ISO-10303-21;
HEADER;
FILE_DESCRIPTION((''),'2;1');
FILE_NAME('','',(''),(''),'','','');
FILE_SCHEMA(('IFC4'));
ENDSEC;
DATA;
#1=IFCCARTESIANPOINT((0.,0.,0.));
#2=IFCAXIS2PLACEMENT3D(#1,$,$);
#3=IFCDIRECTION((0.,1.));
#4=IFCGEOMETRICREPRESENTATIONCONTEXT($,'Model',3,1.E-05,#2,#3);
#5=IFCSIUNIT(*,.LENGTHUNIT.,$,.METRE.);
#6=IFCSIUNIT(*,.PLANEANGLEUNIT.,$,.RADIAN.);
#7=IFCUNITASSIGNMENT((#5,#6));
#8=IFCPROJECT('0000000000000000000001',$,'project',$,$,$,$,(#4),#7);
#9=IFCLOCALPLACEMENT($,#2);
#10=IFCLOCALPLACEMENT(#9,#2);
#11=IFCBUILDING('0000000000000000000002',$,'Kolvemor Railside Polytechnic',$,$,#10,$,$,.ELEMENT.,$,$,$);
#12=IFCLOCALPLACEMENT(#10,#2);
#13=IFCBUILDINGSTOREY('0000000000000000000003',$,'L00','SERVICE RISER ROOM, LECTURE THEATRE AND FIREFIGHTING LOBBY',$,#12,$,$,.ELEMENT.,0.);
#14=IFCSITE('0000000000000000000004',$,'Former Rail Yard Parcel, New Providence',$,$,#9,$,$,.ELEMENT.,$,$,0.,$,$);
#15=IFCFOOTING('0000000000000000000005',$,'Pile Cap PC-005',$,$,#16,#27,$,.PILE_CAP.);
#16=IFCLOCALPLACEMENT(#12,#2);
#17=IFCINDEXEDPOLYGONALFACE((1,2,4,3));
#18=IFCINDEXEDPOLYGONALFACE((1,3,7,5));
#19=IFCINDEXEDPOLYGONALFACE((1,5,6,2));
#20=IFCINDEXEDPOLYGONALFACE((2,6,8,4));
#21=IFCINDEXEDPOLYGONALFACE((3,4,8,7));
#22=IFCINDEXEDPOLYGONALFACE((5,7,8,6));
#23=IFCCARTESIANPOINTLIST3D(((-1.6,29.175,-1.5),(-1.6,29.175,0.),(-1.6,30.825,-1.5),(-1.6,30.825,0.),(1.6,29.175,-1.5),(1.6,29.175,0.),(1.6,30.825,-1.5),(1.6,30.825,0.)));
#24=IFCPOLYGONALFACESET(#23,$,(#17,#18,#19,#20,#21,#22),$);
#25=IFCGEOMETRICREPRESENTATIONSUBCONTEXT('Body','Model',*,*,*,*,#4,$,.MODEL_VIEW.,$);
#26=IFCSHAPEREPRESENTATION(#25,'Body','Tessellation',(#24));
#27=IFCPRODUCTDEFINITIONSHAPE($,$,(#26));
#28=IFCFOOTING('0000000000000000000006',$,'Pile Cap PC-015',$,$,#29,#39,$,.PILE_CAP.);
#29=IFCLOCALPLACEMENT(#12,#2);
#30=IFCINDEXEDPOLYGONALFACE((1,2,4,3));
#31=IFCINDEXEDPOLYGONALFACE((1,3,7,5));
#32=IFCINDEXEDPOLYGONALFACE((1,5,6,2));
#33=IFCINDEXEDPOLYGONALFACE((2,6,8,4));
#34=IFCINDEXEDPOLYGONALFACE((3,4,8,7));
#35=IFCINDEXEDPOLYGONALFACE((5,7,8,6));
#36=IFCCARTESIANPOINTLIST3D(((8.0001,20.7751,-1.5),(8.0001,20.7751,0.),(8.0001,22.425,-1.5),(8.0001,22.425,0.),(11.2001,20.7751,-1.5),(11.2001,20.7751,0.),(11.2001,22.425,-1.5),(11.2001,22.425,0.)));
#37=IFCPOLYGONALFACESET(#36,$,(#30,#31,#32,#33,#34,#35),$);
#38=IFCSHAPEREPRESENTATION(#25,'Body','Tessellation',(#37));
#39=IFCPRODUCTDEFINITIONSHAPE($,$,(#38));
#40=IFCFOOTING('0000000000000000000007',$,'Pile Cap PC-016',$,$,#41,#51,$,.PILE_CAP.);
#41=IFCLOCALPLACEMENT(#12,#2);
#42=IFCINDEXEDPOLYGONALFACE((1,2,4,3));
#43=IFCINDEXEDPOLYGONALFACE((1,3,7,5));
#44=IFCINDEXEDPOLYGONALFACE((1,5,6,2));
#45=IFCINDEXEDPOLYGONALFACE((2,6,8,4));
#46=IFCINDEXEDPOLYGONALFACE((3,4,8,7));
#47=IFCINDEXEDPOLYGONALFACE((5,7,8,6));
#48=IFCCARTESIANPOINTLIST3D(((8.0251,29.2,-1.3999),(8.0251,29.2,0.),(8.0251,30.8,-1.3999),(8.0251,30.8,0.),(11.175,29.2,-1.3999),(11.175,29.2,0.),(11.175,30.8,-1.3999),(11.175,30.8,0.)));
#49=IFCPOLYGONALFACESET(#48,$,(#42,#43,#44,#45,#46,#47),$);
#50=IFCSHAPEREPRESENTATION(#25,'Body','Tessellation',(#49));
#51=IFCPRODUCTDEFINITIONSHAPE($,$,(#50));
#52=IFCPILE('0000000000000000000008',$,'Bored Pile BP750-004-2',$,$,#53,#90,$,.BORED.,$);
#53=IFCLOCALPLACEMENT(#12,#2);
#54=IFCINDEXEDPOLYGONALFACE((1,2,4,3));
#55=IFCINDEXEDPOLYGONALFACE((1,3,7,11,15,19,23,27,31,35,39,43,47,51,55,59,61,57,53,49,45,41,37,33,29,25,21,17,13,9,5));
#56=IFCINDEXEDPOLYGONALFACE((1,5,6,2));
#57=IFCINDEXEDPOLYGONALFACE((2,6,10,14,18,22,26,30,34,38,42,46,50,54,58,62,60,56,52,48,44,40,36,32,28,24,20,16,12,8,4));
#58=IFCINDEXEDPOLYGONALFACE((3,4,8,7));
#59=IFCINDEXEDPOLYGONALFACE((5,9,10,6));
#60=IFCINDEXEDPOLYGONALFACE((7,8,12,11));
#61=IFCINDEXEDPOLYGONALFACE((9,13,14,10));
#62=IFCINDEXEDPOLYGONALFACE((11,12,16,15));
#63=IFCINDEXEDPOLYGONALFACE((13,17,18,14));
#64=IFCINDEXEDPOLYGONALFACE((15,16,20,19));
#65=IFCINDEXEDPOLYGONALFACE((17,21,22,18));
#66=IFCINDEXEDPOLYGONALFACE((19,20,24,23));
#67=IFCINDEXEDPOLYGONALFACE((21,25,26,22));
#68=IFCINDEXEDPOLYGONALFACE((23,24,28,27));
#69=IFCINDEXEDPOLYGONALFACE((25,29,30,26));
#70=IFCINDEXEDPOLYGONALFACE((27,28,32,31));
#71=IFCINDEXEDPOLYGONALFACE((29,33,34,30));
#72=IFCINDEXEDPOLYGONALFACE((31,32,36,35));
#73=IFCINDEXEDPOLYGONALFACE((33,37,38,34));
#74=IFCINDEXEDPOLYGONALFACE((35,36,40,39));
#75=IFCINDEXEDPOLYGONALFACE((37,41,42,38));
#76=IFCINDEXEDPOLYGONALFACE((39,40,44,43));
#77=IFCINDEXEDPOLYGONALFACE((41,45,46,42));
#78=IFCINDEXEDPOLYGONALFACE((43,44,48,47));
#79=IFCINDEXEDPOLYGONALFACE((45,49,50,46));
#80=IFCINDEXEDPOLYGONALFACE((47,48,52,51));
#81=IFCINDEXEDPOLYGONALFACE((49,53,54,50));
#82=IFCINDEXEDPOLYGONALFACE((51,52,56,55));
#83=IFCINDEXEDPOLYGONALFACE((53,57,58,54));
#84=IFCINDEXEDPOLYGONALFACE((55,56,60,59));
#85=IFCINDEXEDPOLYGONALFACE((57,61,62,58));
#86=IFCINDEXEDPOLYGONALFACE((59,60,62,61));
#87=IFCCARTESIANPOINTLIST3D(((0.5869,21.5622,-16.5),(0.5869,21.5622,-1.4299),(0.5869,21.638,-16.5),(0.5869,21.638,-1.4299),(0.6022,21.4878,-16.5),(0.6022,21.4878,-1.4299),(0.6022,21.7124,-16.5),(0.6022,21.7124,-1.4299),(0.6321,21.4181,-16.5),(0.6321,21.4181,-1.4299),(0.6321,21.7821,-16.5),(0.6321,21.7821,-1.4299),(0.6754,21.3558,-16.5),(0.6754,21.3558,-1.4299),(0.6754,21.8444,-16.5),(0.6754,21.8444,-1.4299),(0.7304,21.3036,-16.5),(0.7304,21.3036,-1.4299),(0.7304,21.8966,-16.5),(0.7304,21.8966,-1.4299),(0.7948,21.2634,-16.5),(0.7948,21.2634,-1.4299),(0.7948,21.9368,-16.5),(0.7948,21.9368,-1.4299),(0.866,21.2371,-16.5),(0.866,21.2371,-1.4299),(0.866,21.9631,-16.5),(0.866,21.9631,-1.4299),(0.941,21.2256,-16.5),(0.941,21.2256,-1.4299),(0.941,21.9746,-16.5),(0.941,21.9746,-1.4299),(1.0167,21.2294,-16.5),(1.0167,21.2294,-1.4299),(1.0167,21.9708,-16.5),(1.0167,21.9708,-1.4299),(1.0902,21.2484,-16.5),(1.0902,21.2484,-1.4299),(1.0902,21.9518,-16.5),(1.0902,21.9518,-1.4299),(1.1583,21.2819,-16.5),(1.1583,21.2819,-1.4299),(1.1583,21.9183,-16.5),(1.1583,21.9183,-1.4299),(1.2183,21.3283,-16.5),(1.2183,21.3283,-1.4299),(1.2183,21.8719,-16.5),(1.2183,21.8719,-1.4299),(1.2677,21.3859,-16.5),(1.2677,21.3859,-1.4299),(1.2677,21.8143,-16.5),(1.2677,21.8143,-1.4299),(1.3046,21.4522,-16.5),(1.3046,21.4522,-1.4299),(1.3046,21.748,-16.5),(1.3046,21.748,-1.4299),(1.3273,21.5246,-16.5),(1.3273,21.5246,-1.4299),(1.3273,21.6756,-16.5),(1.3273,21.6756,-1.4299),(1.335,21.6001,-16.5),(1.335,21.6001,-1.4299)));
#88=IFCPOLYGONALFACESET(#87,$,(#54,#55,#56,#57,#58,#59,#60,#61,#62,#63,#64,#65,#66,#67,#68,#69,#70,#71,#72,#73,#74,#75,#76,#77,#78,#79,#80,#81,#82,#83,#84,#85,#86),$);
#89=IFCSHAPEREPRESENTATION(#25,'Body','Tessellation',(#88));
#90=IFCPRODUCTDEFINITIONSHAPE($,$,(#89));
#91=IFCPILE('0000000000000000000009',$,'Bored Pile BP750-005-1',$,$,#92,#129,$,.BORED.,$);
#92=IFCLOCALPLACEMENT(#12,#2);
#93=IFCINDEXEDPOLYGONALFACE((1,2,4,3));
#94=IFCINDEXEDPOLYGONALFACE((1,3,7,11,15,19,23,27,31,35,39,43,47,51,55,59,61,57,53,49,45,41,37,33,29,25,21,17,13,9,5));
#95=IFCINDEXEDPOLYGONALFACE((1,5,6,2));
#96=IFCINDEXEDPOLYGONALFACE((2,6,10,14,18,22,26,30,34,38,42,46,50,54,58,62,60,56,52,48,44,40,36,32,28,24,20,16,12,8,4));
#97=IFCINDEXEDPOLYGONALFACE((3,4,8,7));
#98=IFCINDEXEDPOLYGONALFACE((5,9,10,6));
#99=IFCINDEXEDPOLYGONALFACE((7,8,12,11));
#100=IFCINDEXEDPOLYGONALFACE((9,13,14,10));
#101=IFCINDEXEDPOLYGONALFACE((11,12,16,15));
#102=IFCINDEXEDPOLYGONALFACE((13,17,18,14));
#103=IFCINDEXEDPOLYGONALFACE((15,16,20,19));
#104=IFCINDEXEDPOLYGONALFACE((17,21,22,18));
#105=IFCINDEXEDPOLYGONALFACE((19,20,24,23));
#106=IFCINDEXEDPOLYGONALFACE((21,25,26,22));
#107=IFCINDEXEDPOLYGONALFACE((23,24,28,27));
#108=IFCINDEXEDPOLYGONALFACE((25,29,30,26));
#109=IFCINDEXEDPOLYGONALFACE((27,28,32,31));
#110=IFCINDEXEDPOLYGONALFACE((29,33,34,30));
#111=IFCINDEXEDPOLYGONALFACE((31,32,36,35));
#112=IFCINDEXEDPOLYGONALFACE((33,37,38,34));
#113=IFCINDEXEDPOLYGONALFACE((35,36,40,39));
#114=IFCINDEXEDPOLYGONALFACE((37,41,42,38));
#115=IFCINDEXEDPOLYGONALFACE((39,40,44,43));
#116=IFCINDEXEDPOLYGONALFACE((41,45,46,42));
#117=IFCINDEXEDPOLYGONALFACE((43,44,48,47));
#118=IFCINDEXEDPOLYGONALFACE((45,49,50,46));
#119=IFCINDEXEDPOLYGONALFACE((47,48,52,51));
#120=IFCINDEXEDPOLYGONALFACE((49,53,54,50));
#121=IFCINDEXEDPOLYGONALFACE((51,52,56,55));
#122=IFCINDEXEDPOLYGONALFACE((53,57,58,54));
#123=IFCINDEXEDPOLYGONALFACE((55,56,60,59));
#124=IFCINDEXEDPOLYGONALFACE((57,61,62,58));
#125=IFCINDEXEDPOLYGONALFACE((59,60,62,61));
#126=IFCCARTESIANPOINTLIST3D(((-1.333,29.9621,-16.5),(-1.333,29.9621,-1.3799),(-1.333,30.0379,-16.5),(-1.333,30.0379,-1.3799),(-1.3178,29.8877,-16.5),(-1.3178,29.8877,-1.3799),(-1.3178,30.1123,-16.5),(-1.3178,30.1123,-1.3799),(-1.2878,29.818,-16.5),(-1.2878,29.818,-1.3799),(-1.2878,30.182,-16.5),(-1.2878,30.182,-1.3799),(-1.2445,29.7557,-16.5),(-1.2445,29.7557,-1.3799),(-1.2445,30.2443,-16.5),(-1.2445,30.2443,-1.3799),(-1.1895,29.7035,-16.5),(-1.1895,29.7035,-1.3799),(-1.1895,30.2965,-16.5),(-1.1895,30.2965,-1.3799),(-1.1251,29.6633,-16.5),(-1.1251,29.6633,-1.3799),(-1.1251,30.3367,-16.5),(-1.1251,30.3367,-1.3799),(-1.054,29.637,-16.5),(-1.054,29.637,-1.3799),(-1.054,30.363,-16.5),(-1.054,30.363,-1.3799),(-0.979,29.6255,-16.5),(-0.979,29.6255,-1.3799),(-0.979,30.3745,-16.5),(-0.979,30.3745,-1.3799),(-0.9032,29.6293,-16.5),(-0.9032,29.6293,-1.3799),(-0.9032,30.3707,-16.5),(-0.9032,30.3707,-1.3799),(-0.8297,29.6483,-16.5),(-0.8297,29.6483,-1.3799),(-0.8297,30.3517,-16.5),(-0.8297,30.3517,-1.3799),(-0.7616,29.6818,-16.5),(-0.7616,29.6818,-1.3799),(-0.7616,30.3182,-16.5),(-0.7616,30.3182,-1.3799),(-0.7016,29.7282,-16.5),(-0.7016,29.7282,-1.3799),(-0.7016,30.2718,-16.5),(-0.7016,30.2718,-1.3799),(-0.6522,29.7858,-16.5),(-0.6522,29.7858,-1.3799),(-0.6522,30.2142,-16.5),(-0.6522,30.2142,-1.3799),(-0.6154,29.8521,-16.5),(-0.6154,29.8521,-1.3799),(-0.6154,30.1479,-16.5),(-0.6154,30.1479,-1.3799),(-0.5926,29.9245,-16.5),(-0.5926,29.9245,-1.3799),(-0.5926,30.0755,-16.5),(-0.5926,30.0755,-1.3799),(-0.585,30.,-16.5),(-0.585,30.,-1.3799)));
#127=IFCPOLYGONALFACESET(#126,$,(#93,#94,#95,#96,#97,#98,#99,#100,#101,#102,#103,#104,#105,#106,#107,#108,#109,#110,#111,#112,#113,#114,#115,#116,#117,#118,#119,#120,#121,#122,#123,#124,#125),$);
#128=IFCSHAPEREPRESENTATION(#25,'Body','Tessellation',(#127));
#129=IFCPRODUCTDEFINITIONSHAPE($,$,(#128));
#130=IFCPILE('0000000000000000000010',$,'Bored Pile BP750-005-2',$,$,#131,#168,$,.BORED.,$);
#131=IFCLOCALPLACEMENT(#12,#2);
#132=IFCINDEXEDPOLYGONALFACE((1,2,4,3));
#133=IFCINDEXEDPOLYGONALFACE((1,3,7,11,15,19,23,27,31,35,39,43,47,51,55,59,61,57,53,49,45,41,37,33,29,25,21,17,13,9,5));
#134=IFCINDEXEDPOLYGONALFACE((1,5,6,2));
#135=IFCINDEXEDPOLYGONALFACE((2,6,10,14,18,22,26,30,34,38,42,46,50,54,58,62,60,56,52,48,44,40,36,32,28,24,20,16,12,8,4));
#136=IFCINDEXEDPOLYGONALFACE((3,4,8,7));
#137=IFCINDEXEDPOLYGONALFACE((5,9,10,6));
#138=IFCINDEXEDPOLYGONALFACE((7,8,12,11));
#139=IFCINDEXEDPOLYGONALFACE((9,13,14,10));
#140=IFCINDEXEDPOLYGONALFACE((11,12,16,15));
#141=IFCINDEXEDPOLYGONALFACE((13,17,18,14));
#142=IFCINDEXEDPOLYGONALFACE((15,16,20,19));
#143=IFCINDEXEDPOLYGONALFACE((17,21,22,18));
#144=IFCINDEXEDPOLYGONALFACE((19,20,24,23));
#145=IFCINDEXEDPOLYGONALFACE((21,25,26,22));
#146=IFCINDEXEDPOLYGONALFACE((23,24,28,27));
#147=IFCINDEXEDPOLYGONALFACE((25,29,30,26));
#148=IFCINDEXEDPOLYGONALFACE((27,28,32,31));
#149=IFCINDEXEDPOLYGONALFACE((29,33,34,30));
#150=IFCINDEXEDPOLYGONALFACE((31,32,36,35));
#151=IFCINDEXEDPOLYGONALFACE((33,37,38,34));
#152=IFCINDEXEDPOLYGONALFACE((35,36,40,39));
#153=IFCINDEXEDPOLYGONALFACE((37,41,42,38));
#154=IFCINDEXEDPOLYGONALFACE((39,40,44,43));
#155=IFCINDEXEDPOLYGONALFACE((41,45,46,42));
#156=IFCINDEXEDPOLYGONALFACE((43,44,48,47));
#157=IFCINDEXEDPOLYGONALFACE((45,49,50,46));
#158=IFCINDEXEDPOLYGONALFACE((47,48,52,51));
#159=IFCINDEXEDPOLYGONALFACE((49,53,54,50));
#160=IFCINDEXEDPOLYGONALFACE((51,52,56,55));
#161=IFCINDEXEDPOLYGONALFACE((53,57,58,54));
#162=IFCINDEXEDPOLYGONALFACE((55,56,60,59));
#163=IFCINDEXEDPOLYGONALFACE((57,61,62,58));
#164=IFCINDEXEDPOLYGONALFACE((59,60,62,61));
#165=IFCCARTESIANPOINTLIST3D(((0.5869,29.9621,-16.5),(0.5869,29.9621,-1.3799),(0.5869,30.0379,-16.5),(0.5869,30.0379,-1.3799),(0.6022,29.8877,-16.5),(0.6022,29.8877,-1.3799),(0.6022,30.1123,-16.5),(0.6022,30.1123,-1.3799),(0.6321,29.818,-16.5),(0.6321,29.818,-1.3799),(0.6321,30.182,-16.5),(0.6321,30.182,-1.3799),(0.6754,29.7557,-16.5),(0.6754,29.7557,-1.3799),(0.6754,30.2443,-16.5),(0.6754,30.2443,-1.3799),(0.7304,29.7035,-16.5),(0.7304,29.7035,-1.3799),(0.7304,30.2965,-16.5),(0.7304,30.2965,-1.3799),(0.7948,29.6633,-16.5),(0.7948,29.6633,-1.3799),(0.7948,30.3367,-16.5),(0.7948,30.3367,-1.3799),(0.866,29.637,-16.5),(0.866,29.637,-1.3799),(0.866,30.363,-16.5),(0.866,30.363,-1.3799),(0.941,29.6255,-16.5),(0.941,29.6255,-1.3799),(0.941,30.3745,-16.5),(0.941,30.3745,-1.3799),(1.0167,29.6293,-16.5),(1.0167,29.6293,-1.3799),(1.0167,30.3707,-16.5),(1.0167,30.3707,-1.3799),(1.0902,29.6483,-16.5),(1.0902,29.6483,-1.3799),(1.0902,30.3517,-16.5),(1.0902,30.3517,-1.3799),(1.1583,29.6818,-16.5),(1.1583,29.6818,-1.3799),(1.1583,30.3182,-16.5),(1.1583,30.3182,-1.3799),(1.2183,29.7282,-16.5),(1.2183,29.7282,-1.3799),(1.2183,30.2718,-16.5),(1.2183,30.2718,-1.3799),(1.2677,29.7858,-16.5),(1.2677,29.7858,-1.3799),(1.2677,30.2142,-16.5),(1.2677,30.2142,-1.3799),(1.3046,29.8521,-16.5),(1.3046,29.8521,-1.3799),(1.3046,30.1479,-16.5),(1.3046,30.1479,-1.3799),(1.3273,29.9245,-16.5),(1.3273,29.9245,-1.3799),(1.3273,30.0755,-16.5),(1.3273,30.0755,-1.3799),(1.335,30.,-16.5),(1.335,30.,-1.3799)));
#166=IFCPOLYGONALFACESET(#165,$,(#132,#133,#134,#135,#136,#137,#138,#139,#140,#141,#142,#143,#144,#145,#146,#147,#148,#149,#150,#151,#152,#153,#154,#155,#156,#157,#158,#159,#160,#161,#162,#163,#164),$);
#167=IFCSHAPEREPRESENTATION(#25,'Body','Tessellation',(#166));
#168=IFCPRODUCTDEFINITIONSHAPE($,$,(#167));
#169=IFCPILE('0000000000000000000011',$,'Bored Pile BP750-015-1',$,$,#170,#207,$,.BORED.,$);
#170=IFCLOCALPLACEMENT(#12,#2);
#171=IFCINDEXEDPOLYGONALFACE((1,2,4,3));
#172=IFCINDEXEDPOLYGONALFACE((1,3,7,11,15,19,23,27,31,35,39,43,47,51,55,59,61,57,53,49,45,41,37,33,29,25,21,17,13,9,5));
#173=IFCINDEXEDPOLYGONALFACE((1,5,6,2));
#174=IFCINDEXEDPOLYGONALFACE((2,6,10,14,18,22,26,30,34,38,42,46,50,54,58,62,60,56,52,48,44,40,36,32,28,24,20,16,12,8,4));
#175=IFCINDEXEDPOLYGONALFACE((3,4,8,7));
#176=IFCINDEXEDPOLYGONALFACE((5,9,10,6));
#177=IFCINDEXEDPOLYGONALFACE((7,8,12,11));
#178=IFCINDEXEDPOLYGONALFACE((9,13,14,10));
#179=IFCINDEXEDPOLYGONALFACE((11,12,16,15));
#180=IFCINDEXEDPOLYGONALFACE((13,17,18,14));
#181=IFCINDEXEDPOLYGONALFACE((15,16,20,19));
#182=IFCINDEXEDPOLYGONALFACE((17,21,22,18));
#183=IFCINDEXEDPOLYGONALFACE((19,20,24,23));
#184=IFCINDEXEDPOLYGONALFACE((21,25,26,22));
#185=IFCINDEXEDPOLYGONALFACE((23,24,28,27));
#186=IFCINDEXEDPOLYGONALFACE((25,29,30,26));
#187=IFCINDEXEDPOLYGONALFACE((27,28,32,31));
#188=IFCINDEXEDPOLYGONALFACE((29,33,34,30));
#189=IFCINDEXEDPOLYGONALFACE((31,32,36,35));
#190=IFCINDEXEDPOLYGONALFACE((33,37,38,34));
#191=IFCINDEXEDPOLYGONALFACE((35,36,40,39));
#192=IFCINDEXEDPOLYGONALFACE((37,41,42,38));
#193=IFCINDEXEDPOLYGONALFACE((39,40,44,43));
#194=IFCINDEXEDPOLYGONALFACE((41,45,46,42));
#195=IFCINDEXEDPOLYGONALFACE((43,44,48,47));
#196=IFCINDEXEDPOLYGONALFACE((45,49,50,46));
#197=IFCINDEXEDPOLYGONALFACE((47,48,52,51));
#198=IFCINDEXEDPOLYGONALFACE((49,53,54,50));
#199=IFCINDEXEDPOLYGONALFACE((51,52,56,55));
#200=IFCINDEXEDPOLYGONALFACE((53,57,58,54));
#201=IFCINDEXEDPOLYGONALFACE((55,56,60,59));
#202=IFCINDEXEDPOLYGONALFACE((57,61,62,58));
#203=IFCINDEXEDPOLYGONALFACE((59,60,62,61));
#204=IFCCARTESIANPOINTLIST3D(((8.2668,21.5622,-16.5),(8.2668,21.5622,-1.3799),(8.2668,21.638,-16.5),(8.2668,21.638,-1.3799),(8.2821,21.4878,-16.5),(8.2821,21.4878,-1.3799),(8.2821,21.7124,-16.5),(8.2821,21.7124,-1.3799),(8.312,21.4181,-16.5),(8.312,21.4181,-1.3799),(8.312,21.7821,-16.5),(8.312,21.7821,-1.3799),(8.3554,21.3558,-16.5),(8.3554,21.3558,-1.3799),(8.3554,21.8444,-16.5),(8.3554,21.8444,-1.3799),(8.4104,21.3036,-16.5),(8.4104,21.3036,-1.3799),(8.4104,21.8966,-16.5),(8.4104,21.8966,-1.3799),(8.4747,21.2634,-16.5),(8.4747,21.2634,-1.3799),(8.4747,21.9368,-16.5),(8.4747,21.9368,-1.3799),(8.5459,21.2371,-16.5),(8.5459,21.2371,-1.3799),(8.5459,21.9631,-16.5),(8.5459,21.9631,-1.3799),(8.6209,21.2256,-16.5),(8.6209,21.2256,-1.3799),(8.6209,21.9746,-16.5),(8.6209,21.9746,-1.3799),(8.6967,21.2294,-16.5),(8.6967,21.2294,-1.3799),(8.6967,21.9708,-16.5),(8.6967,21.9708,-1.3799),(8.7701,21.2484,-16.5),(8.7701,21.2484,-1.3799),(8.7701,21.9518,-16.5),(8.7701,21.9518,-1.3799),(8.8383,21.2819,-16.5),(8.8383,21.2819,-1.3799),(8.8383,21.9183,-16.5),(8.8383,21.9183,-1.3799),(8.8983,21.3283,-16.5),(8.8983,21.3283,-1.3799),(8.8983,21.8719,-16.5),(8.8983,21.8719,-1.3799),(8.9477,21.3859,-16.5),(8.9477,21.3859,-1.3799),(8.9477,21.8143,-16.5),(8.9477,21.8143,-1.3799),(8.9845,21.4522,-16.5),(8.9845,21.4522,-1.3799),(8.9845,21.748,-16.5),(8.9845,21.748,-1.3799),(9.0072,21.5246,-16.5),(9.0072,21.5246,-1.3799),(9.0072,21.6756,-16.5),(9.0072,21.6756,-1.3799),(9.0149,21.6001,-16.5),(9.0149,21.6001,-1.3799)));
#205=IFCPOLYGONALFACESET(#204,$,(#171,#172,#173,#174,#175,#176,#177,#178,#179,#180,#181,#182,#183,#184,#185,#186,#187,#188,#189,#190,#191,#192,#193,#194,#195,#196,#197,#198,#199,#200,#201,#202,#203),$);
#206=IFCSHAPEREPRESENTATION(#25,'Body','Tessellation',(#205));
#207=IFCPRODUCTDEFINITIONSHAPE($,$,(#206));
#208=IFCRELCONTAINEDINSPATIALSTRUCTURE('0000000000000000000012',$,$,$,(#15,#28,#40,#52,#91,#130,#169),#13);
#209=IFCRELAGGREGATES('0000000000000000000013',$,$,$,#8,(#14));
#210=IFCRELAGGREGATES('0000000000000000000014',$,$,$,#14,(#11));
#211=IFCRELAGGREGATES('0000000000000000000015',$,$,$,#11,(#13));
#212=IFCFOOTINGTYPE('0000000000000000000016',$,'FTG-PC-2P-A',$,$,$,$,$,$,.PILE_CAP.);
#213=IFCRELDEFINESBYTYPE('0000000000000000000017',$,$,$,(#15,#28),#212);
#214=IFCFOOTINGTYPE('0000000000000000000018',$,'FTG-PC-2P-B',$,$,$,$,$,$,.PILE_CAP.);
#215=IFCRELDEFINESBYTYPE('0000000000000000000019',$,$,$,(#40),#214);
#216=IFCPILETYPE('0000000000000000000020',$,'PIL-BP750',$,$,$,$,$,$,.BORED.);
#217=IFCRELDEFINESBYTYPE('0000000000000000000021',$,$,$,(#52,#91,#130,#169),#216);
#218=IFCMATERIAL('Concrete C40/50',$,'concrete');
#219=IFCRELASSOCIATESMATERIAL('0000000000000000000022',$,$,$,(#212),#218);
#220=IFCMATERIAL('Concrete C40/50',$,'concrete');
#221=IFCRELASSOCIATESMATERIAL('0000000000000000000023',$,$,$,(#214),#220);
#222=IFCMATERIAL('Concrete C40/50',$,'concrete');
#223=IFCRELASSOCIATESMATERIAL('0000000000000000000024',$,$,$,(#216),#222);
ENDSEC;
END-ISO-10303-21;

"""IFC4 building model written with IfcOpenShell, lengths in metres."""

from ifc_helpers import new_model, si_unit, direction, frame, origin, origin_2d, place, context, subcontext, project, spatial, rectangle, circle, extrude, material, material_profile, profile_set, type_object, element, save


model = new_model("IFC4")

# Units and contexts
model_context = context("Model", 3, precision=1e-05, world=origin(), true_north=direction((0.0, 1.0)))
body_context = subcontext(model_context, "Body", "Model", "MODEL_VIEW")
ifc_project = project(units=[si_unit("LENGTHUNIT", "METRE"), si_unit("PLANEANGLEUNIT", "RADIAN")], contexts=[model_context])

# Site, building, storey
site_placement = place(None, origin())
site = spatial("IfcSite", under=ifc_project, at=site_placement, Name="Former Rail Yard Parcel, New Providence", CompositionType="ELEMENT", RefElevation=0.0)
building_placement = place(site_placement, origin())
building = spatial("IfcBuilding", under=site, at=building_placement, Name="Kolvemor Railside Polytechnic", CompositionType="ELEMENT")
storey_placement = place(building_placement, origin())
storey = spatial("IfcBuildingStorey", under=building, at=storey_placement, Name="L00", Description="SERVICE RISER ROOM, LECTURE THEATRE AND FIREFIGHTING LOBBY", CompositionType="ELEMENT", Elevation=0.0)

# Footings
ifc_material_1 = material(Name="Concrete C40/50", Category="concrete")
footing_type_1 = type_object("IfcFootingType", Name="FTG-PC-2P-A", PredefinedType="PILE_CAP", material=ifc_material_1)
for number, where, z_axis, x_axis, name in (
    (1, (0.0, 30.0, -1.5), (0.0, 0.0, 1.0), (1.0, 0.0, 0.0), "Pile Cap PC-005"),
    (2, (9.6001, 21.6001, -1.5), (0.0, 0.0, 1.0), (1.0, 0.0, 0.0), "Pile Cap PC-015"),
):
    element("IfcFooting", number, at=place(storey_placement, frame(where, z_axis=z_axis, x_axis=x_axis)), inside=storey, type_object=footing_type_1, Name=name, PredefinedType="PILE_CAP", context=body_context, shape_type="SweptSolid", body=[
        extrude(rectangle(XDim=3.2, YDim=1.6499, at=origin_2d()), origin(), (0.0, 0.0, 1.0), 1.5),
    ])
ifc_material_2 = material(Name="Concrete C40/50", Category="concrete")
footing_type_2 = type_object("IfcFootingType", Name="FTG-PC-2P-B", PredefinedType="PILE_CAP", material=ifc_material_2)
footing_placement = place(storey_placement, frame((9.6001, 30.0, -1.3999), z_axis=(0.0, 0.0, 1.0), x_axis=(1.0, 0.0, 0.0)))
element("IfcFooting", 3, at=footing_placement, inside=storey, type_object=footing_type_2, Name="Pile Cap PC-016", PredefinedType="PILE_CAP", context=body_context, shape_type="SweptSolid", body=[
    extrude(rectangle(XDim=3.1499, YDim=1.6001, at=origin_2d()), origin(), (0.0, 0.0, 1.0), 1.3999),
])

# Piles
ifc_material_3 = material(Name="Concrete C40/50", Category="concrete")
ifc_material_profile_1 = material_profile(ifc_material_3, circle(Radius=0.375, at=origin_2d()), Name="BP750")
ifc_profile_set_1 = profile_set([ifc_material_profile_1], Name="Concrete C40/50")
pile_type = type_object("IfcPileType", Name="PIL-BP750", PredefinedType="BORED", material=ifc_profile_set_1)
pile_placement = place(storey_placement, frame((0.96, 21.6001, -1.4299), z_axis=(0.0, 0.0, -1.0), x_axis=(1.0, 0.0, 0.0)))
element("IfcPile", 4, at=pile_placement, inside=storey, type_object=pile_type, Name="Bored Pile BP750-004-2", PredefinedType="BORED", context=body_context, shape_type="SweptSolid", body=[
    extrude(circle(Radius=0.375, at=origin_2d()), origin(), (0.0, 0.0, 1.0), 15.0701),
])
for number, where, z_axis, x_axis, name in (
    (5, (-0.96, 30.0, -1.3799), (0.0, 0.0, -1.0), (1.0, 0.0, 0.0), "Bored Pile BP750-005-1"),
    (6, (0.96, 30.0, -1.3799), (0.0, 0.0, -1.0), (1.0, 0.0, 0.0), "Bored Pile BP750-005-2"),
    (7, (8.6399, 21.6001, -1.3799), (0.0, 0.0, -1.0), (1.0, 0.0, 0.0), "Bored Pile BP750-015-1"),
):
    element("IfcPile", number, at=place(storey_placement, frame(where, z_axis=z_axis, x_axis=x_axis)), inside=storey, type_object=pile_type, Name=name, PredefinedType="BORED", context=body_context, shape_type="SweptSolid", body=[
        extrude(circle(Radius=0.375, at=origin_2d()), origin(), (0.0, 0.0, 1.0), 15.1201),
    ])

save(model, "model.ifc")
